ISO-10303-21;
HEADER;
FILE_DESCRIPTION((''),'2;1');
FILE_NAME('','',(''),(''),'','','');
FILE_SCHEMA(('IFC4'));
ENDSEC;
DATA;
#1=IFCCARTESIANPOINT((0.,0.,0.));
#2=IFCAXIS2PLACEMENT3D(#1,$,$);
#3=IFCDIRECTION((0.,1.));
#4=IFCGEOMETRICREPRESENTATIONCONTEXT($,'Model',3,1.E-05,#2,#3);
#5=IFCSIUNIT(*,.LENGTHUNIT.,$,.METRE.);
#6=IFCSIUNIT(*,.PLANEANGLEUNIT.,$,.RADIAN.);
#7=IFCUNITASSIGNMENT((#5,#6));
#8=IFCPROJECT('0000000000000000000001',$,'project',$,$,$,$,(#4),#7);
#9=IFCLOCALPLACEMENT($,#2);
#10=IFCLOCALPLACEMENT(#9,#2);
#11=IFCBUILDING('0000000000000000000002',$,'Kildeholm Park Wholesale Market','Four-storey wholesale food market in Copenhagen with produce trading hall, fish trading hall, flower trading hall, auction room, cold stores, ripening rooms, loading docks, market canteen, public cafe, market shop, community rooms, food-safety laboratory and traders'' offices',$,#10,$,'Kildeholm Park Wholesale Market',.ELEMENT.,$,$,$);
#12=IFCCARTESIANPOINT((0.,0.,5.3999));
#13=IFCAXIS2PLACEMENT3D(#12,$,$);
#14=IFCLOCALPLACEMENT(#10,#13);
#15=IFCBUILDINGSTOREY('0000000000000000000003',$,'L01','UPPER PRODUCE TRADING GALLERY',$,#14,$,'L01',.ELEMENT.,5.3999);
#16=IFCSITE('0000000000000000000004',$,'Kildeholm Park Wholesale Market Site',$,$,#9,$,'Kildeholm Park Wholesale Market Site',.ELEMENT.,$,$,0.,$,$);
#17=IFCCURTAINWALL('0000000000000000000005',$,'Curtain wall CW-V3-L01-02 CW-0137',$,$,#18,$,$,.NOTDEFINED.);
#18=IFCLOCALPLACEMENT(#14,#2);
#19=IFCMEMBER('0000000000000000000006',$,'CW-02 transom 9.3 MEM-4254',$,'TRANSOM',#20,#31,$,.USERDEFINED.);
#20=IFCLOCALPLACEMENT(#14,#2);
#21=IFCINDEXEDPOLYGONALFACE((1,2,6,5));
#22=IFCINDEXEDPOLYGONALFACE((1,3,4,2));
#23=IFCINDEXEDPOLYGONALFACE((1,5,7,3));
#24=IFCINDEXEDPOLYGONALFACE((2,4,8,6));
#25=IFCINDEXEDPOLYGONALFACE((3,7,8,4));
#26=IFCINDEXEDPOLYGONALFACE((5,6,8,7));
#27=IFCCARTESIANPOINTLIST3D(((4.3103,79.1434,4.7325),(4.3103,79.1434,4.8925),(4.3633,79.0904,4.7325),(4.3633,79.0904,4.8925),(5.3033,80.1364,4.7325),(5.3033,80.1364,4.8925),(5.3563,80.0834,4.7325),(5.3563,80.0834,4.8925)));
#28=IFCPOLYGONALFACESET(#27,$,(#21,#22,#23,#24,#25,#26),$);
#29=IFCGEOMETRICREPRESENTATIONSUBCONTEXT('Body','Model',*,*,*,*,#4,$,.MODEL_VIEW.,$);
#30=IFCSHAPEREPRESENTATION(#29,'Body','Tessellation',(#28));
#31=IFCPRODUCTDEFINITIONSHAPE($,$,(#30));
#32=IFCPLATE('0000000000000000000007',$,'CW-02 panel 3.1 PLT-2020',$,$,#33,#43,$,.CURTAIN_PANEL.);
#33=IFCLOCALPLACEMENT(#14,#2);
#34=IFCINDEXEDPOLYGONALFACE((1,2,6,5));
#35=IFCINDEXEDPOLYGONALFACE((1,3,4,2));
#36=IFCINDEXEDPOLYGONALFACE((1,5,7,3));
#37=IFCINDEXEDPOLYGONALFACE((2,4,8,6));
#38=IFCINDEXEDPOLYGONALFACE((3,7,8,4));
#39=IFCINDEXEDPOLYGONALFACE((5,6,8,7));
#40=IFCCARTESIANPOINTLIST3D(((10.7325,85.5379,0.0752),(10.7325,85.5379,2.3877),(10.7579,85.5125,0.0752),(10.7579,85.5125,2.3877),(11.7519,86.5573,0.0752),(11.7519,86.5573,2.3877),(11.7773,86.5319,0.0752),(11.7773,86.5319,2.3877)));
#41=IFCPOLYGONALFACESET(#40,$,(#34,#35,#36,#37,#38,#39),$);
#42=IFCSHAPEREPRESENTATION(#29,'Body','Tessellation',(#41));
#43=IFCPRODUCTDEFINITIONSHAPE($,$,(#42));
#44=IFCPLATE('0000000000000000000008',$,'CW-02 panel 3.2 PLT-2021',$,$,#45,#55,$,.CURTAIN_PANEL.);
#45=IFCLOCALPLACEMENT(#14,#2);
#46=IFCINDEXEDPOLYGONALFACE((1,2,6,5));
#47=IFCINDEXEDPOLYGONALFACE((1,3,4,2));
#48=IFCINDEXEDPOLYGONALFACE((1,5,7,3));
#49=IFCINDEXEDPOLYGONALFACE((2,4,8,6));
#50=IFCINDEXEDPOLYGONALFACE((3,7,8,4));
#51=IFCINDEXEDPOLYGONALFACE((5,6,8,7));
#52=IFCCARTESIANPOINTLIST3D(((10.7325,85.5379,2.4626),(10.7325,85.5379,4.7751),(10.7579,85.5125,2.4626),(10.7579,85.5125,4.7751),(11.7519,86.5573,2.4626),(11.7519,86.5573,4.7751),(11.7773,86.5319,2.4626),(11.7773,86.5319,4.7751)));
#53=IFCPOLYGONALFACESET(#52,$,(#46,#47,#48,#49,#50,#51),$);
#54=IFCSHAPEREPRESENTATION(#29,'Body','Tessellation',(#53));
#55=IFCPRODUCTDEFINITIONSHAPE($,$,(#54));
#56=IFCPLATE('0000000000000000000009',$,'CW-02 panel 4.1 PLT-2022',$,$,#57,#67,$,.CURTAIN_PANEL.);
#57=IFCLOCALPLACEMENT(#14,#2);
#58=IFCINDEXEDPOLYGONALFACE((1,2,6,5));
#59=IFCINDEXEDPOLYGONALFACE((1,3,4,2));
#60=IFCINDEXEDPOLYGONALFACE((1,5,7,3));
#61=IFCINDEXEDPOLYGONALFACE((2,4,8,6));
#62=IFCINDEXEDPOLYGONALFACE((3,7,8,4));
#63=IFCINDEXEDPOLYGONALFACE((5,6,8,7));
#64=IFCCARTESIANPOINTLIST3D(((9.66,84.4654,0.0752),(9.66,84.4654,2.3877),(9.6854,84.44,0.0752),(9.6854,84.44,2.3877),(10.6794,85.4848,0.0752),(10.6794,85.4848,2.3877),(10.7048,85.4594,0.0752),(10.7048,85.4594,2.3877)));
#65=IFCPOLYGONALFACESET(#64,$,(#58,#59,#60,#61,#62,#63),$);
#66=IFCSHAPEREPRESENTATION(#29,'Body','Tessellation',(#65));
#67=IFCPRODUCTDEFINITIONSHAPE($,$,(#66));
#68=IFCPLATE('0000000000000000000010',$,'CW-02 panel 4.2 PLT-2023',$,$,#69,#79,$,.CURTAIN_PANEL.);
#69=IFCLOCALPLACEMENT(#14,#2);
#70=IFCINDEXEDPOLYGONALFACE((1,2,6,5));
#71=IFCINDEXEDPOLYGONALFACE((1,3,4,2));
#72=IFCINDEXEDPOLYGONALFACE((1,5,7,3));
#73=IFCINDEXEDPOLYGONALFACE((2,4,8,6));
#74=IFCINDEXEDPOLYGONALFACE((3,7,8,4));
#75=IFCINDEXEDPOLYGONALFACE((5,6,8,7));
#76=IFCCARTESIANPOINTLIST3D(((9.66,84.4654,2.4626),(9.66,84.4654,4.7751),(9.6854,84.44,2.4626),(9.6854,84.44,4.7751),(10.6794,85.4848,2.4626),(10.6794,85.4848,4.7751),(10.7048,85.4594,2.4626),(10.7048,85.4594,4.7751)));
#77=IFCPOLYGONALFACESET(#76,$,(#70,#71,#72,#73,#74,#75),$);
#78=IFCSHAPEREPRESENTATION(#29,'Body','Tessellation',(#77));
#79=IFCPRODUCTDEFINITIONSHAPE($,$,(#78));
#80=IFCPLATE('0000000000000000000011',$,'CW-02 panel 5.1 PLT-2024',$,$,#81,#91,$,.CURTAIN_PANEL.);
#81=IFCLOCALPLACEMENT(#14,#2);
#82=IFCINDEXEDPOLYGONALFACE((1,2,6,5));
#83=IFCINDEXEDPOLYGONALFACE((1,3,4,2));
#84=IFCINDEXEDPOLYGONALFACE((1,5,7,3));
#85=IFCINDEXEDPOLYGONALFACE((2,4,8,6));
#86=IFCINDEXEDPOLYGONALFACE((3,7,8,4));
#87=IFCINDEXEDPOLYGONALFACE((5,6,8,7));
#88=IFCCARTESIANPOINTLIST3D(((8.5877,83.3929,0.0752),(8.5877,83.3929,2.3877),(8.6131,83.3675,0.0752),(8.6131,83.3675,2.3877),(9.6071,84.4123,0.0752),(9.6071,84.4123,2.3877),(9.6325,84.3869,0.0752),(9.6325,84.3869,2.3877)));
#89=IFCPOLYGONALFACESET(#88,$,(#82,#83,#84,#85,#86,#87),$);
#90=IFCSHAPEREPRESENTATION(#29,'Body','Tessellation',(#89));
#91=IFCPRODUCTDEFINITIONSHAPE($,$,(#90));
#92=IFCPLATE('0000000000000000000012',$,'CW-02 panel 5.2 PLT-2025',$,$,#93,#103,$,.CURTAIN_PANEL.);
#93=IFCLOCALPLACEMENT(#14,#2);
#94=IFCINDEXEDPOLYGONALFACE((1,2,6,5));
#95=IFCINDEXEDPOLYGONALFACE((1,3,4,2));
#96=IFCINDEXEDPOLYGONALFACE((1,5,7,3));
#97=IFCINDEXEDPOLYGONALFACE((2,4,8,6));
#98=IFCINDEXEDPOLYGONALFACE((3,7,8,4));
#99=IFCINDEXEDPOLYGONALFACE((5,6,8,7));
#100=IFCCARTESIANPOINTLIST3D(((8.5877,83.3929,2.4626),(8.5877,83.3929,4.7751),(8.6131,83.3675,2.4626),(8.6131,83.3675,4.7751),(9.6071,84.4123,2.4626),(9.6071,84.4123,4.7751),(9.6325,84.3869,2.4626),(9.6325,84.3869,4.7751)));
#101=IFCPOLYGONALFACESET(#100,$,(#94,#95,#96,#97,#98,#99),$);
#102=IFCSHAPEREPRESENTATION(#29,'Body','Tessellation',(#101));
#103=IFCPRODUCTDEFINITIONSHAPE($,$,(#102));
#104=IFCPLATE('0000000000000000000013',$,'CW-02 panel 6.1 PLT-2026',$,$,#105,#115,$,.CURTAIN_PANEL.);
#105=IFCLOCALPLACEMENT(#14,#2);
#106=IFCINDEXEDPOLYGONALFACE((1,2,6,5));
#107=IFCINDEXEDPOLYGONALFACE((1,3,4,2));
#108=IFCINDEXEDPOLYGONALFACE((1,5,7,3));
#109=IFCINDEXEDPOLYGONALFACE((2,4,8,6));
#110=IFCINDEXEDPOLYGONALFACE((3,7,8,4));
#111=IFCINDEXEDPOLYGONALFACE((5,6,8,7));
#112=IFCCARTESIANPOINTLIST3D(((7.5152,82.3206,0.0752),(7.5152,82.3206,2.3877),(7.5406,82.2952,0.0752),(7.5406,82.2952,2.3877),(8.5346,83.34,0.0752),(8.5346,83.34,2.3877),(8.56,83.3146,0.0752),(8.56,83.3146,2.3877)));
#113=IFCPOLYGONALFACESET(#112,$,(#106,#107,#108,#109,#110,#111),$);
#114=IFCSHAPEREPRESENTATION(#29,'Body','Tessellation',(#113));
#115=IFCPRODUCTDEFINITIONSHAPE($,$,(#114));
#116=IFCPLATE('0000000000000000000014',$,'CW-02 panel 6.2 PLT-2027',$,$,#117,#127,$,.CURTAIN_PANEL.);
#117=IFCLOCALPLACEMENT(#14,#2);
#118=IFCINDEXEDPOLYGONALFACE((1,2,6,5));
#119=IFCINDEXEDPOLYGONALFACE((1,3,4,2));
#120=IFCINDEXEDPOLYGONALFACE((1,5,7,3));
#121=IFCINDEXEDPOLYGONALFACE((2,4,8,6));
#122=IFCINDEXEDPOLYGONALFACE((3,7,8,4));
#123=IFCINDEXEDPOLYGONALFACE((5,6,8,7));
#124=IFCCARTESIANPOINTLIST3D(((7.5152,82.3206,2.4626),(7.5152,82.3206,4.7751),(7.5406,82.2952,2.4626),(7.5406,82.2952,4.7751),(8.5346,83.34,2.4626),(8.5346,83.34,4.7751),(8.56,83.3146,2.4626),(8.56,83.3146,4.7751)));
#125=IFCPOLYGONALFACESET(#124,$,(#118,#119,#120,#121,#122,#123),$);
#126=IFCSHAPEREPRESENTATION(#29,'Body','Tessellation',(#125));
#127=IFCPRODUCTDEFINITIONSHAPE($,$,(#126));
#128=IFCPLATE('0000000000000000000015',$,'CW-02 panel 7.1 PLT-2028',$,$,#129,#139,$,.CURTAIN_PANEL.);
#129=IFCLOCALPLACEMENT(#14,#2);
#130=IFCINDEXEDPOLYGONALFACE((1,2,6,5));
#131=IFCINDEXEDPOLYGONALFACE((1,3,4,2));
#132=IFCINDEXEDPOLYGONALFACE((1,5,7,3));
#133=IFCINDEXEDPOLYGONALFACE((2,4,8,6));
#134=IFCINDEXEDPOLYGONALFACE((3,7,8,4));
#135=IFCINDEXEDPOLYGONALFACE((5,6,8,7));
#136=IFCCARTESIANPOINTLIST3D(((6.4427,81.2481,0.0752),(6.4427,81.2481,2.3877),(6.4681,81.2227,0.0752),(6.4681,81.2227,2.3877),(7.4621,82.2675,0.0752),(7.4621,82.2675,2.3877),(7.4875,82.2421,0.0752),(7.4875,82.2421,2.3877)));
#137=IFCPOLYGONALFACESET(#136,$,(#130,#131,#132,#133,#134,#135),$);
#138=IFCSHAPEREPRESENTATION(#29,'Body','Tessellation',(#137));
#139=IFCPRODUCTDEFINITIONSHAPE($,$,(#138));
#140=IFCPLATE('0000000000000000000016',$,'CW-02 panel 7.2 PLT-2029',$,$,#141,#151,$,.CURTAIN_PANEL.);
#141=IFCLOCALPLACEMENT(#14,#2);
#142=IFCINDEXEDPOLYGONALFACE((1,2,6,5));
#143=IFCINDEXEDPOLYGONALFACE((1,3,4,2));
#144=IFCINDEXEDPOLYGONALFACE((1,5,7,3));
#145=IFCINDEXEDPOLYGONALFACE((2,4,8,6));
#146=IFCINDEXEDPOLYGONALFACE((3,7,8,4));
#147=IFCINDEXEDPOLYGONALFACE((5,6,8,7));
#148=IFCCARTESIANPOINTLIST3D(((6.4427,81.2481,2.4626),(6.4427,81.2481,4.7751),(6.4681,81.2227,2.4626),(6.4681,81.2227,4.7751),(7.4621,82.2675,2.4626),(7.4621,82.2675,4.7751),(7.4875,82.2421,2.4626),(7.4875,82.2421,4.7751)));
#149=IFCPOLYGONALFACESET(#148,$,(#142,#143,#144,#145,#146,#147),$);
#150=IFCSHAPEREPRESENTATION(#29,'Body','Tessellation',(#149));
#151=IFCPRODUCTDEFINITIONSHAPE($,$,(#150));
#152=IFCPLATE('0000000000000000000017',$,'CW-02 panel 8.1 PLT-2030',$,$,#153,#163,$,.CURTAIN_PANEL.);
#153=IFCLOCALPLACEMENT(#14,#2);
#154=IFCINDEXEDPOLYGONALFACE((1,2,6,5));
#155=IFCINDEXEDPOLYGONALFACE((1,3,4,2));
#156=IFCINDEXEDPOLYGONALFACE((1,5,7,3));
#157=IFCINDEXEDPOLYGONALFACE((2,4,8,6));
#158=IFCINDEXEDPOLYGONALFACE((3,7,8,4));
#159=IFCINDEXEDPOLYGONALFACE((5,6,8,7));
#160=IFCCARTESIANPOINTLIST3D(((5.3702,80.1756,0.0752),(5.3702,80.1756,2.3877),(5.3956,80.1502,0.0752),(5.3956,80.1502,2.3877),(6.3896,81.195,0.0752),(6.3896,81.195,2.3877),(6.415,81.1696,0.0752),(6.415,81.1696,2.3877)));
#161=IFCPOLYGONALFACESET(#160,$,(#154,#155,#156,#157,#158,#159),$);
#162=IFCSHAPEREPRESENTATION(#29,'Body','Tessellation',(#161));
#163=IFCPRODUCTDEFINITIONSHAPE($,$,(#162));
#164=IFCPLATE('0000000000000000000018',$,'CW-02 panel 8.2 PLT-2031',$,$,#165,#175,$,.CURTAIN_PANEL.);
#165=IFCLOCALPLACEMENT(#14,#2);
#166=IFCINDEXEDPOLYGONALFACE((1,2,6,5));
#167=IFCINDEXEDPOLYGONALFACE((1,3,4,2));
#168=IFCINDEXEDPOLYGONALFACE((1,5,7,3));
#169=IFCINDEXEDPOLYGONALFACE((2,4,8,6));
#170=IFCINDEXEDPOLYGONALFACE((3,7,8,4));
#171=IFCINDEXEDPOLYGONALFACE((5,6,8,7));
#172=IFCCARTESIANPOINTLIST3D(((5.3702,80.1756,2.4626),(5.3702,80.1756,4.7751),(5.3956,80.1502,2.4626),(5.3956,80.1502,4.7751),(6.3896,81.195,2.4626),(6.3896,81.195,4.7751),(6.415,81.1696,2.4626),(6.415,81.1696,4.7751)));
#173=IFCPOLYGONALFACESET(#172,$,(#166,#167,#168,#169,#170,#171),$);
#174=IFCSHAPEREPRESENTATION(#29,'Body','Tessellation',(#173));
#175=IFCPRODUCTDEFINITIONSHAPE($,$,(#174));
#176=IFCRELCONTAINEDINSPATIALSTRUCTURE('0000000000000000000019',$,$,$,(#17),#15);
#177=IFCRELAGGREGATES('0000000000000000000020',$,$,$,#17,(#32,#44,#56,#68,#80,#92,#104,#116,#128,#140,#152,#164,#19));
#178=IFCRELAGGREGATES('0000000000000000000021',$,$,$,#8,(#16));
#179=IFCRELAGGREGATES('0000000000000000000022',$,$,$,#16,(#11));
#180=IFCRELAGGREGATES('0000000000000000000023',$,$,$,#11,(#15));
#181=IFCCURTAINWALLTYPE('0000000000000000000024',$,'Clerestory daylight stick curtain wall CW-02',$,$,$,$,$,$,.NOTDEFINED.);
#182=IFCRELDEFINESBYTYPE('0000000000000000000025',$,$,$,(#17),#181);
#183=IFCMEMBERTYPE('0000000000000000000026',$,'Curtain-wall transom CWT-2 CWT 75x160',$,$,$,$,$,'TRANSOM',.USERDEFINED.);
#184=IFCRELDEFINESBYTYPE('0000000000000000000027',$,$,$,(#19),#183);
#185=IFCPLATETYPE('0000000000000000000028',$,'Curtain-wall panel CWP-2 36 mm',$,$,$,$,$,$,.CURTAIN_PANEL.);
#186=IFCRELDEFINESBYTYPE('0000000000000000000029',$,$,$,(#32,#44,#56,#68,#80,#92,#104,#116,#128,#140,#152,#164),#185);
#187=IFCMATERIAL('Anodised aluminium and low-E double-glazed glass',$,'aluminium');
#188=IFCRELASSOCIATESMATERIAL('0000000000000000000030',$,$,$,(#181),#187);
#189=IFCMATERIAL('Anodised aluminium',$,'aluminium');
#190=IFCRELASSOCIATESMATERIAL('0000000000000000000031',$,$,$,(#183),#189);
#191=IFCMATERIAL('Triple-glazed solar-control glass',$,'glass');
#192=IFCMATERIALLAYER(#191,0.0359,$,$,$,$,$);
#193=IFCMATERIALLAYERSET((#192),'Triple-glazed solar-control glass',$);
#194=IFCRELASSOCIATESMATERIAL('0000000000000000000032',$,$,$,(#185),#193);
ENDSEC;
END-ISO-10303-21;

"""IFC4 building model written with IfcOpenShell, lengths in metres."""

from ifc_helpers import new_model, si_unit, direction, frame, origin, origin_2d, place, context, subcontext, project, spatial, rectangle, extrude, material, layer, layer_set, material_profile, profile_set, type_object, element, aggregate, save


model = new_model("IFC4")

# Units and contexts
model_context = context("Model", 3, precision=1e-05, world=origin(), true_north=direction((0.0, 1.0)))
body_context = subcontext(model_context, "Body", "Model", "MODEL_VIEW")
ifc_project = project(units=[si_unit("LENGTHUNIT", "METRE"), si_unit("PLANEANGLEUNIT", "RADIAN")], contexts=[model_context])

# Site, building, storey
site_placement = place(None, origin())
site = spatial("IfcSite", under=ifc_project, at=site_placement, Name="Kildeholm Park Wholesale Market Site", LongName="Kildeholm Park Wholesale Market Site", CompositionType="ELEMENT", RefElevation=0.0)
building_placement = place(site_placement, origin())
building = spatial("IfcBuilding", under=site, at=building_placement, Name="Kildeholm Park Wholesale Market", Description="Four-storey wholesale food market in Copenhagen with produce trading hall, fish trading hall, flower trading hall, auction room, cold stores, ripening rooms, loading docks, market canteen, public cafe, market shop, community rooms, food-safety laboratory and traders' offices", LongName="Kildeholm Park Wholesale Market", CompositionType="ELEMENT")
storey_placement = place(building_placement, frame((0.0, 0.0, 5.3999)))
storey = spatial("IfcBuildingStorey", under=building, at=storey_placement, Name="L01", Description="UPPER PRODUCE TRADING GALLERY", LongName="L01", CompositionType="ELEMENT", Elevation=5.3999)

# Curtain wall, member, plates
ifc_material_1 = material(Name="Anodised aluminium and low-E double-glazed glass", Category="aluminium")
curtain_wall_type = type_object("IfcCurtainWallType", Name="Clerestory daylight stick curtain wall CW-02", PredefinedType="NOTDEFINED", material=ifc_material_1)
curtain_wall_placement = place(storey_placement, origin())
curtain_wall = element("IfcCurtainWall", 1, at=curtain_wall_placement, inside=storey, type_object=curtain_wall_type, Name="Curtain wall CW-V3-L01-02 CW-0137", PredefinedType="NOTDEFINED")
ifc_material_2 = material(Name="Anodised aluminium", Category="aluminium")
ifc_material_profile_1 = material_profile(ifc_material_2, rectangle(XDim=0.075, YDim=0.1599, at=origin_2d()), Name="CWT 75x160")
ifc_profile_set_1 = profile_set([ifc_material_profile_1], Name="Anodised aluminium")
member_type_1 = type_object("IfcMemberType", Name="Curtain-wall transom CWT-2 CWT 75x160", ElementType="TRANSOM", PredefinedType="USERDEFINED", material=ifc_profile_set_1)
member_1_placement = place(storey_placement, frame((5.3298, 80.1099, 4.8125), z_axis=(-0.707107, -0.707107, 0.0), x_axis=(0.707107, -0.707107, 0.0)))
member_1 = element("IfcMember", 2, at=member_1_placement, type_object=member_type_1, Name="CW-02 transom 9.3 MEM-4254", ObjectType="TRANSOM", PredefinedType="USERDEFINED", context=body_context, shape_type="SweptSolid", body=[
    extrude(rectangle(XDim=0.075, YDim=0.1599, at=origin_2d()), origin(), (0.0, 0.0, 1.0), 1.4043),
])
ifc_material_3 = material(Name="Triple-glazed solar-control glass", Category="glass")
ifc_layer = layer(ifc_material_3, 0.0359)
ifc_layer_set = layer_set([ifc_layer], Name="Triple-glazed solar-control glass")
plate_type = type_object("IfcPlateType", Name="Curtain-wall panel CWP-2 36 mm", PredefinedType="CURTAIN_PANEL", material=ifc_layer_set)
plate_1_placement = place(storey_placement, frame((11.2549, 86.0349, 0.0752), z_axis=(0.0, 0.0, 1.0), x_axis=(-0.707107, -0.707107, 0.0)))
plate_1 = element("IfcPlate", 3, at=plate_1_placement, type_object=plate_type, Name="CW-02 panel 3.1 PLT-2020", PredefinedType="CURTAIN_PANEL", context=body_context, shape_type="SweptSolid", body=[
    extrude(rectangle(XDim=1.4417, YDim=0.0359, at=origin_2d()), origin(), (0.0, 0.0, 1.0), 2.3125),
])
plate_2_placement = place(storey_placement, frame((11.2549, 86.0349, 2.4626), z_axis=(0.0, 0.0, 1.0), x_axis=(-0.707107, -0.707107, 0.0)))
plate_2 = element("IfcPlate", 4, at=plate_2_placement, type_object=plate_type, Name="CW-02 panel 3.2 PLT-2021", PredefinedType="CURTAIN_PANEL", context=body_context, shape_type="SweptSolid", body=[
    extrude(rectangle(XDim=1.4417, YDim=0.0359, at=origin_2d()), origin(), (0.0, 0.0, 1.0), 2.3125),
])
plate_3_placement = place(storey_placement, frame((10.1824, 84.9624, 0.0752), z_axis=(0.0, 0.0, 1.0), x_axis=(-0.707107, -0.707107, 0.0)))
plate_3 = element("IfcPlate", 5, at=plate_3_placement, type_object=plate_type, Name="CW-02 panel 4.1 PLT-2022", PredefinedType="CURTAIN_PANEL", context=body_context, shape_type="SweptSolid", body=[
    extrude(rectangle(XDim=1.4417, YDim=0.0359, at=origin_2d()), origin(), (0.0, 0.0, 1.0), 2.3125),
])
plate_4_placement = place(storey_placement, frame((10.1824, 84.9624, 2.4626), z_axis=(0.0, 0.0, 1.0), x_axis=(-0.707107, -0.707107, 0.0)))
plate_4 = element("IfcPlate", 6, at=plate_4_placement, type_object=plate_type, Name="CW-02 panel 4.2 PLT-2023", PredefinedType="CURTAIN_PANEL", context=body_context, shape_type="SweptSolid", body=[
    extrude(rectangle(XDim=1.4417, YDim=0.0359, at=origin_2d()), origin(), (0.0, 0.0, 1.0), 2.3125),
])
plate_5_placement = place(storey_placement, frame((9.1101, 83.8899, 0.0752), z_axis=(0.0, 0.0, 1.0), x_axis=(-0.707107, -0.707107, 0.0)))
plate_5 = element("IfcPlate", 7, at=plate_5_placement, type_object=plate_type, Name="CW-02 panel 5.1 PLT-2024", PredefinedType="CURTAIN_PANEL", context=body_context, shape_type="SweptSolid", body=[
    extrude(rectangle(XDim=1.4417, YDim=0.0359, at=origin_2d()), origin(), (0.0, 0.0, 1.0), 2.3125),
])
plate_6_placement = place(storey_placement, frame((9.1101, 83.8899, 2.4626), z_axis=(0.0, 0.0, 1.0), x_axis=(-0.707107, -0.707107, 0.0)))
plate_6 = element("IfcPlate", 8, at=plate_6_placement, type_object=plate_type, Name="CW-02 panel 5.2 PLT-2025", PredefinedType="CURTAIN_PANEL", context=body_context, shape_type="SweptSolid", body=[
    extrude(rectangle(XDim=1.4417, YDim=0.0359, at=origin_2d()), origin(), (0.0, 0.0, 1.0), 2.3125),
])
plate_7_placement = place(storey_placement, frame((8.0376, 82.8176, 0.0752), z_axis=(0.0, 0.0, 1.0), x_axis=(-0.707107, -0.707107, 0.0)))
plate_7 = element("IfcPlate", 9, at=plate_7_placement, type_object=plate_type, Name="CW-02 panel 6.1 PLT-2026", PredefinedType="CURTAIN_PANEL", context=body_context, shape_type="SweptSolid", body=[
    extrude(rectangle(XDim=1.4417, YDim=0.0359, at=origin_2d()), origin(), (0.0, 0.0, 1.0), 2.3125),
])
plate_8_placement = place(storey_placement, frame((8.0376, 82.8176, 2.4626), z_axis=(0.0, 0.0, 1.0), x_axis=(-0.707107, -0.707107, 0.0)))
plate_8 = element("IfcPlate", 10, at=plate_8_placement, type_object=plate_type, Name="CW-02 panel 6.2 PLT-2027", PredefinedType="CURTAIN_PANEL", context=body_context, shape_type="SweptSolid", body=[
    extrude(rectangle(XDim=1.4417, YDim=0.0359, at=origin_2d()), origin(), (0.0, 0.0, 1.0), 2.3125),
])
plate_9_placement = place(storey_placement, frame((6.9651, 81.7451, 0.0752), z_axis=(0.0, 0.0, 1.0), x_axis=(-0.707107, -0.707107, 0.0)))
plate_9 = element("IfcPlate", 11, at=plate_9_placement, type_object=plate_type, Name="CW-02 panel 7.1 PLT-2028", PredefinedType="CURTAIN_PANEL", context=body_context, shape_type="SweptSolid", body=[
    extrude(rectangle(XDim=1.4417, YDim=0.0359, at=origin_2d()), origin(), (0.0, 0.0, 1.0), 2.3125),
])
plate_10_placement = place(storey_placement, frame((6.9651, 81.7451, 2.4626), z_axis=(0.0, 0.0, 1.0), x_axis=(-0.707107, -0.707107, 0.0)))
plate_10 = element("IfcPlate", 12, at=plate_10_placement, type_object=plate_type, Name="CW-02 panel 7.2 PLT-2029", PredefinedType="CURTAIN_PANEL", context=body_context, shape_type="SweptSolid", body=[
    extrude(rectangle(XDim=1.4417, YDim=0.0359, at=origin_2d()), origin(), (0.0, 0.0, 1.0), 2.3125),
])
plate_11_placement = place(storey_placement, frame((5.8926, 80.6726, 0.0752), z_axis=(0.0, 0.0, 1.0), x_axis=(-0.707107, -0.707107, 0.0)))
plate_11 = element("IfcPlate", 13, at=plate_11_placement, type_object=plate_type, Name="CW-02 panel 8.1 PLT-2030", PredefinedType="CURTAIN_PANEL", context=body_context, shape_type="SweptSolid", body=[
    extrude(rectangle(XDim=1.4417, YDim=0.0359, at=origin_2d()), origin(), (0.0, 0.0, 1.0), 2.3125),
])
plate_12_placement = place(storey_placement, frame((5.8926, 80.6726, 2.4626), z_axis=(0.0, 0.0, 1.0), x_axis=(-0.707107, -0.707107, 0.0)))
plate_12 = element("IfcPlate", 14, at=plate_12_placement, type_object=plate_type, Name="CW-02 panel 8.2 PLT-2031", PredefinedType="CURTAIN_PANEL", context=body_context, shape_type="SweptSolid", body=[
    extrude(rectangle(XDim=1.4417, YDim=0.0359, at=origin_2d()), origin(), (0.0, 0.0, 1.0), 2.3125),
])
aggregate(curtain_wall, [plate_1, plate_2, plate_3, plate_4, plate_5, plate_6, plate_7, plate_8, plate_9, plate_10, plate_11, plate_12, member_1])

save(model, "model.ifc")
